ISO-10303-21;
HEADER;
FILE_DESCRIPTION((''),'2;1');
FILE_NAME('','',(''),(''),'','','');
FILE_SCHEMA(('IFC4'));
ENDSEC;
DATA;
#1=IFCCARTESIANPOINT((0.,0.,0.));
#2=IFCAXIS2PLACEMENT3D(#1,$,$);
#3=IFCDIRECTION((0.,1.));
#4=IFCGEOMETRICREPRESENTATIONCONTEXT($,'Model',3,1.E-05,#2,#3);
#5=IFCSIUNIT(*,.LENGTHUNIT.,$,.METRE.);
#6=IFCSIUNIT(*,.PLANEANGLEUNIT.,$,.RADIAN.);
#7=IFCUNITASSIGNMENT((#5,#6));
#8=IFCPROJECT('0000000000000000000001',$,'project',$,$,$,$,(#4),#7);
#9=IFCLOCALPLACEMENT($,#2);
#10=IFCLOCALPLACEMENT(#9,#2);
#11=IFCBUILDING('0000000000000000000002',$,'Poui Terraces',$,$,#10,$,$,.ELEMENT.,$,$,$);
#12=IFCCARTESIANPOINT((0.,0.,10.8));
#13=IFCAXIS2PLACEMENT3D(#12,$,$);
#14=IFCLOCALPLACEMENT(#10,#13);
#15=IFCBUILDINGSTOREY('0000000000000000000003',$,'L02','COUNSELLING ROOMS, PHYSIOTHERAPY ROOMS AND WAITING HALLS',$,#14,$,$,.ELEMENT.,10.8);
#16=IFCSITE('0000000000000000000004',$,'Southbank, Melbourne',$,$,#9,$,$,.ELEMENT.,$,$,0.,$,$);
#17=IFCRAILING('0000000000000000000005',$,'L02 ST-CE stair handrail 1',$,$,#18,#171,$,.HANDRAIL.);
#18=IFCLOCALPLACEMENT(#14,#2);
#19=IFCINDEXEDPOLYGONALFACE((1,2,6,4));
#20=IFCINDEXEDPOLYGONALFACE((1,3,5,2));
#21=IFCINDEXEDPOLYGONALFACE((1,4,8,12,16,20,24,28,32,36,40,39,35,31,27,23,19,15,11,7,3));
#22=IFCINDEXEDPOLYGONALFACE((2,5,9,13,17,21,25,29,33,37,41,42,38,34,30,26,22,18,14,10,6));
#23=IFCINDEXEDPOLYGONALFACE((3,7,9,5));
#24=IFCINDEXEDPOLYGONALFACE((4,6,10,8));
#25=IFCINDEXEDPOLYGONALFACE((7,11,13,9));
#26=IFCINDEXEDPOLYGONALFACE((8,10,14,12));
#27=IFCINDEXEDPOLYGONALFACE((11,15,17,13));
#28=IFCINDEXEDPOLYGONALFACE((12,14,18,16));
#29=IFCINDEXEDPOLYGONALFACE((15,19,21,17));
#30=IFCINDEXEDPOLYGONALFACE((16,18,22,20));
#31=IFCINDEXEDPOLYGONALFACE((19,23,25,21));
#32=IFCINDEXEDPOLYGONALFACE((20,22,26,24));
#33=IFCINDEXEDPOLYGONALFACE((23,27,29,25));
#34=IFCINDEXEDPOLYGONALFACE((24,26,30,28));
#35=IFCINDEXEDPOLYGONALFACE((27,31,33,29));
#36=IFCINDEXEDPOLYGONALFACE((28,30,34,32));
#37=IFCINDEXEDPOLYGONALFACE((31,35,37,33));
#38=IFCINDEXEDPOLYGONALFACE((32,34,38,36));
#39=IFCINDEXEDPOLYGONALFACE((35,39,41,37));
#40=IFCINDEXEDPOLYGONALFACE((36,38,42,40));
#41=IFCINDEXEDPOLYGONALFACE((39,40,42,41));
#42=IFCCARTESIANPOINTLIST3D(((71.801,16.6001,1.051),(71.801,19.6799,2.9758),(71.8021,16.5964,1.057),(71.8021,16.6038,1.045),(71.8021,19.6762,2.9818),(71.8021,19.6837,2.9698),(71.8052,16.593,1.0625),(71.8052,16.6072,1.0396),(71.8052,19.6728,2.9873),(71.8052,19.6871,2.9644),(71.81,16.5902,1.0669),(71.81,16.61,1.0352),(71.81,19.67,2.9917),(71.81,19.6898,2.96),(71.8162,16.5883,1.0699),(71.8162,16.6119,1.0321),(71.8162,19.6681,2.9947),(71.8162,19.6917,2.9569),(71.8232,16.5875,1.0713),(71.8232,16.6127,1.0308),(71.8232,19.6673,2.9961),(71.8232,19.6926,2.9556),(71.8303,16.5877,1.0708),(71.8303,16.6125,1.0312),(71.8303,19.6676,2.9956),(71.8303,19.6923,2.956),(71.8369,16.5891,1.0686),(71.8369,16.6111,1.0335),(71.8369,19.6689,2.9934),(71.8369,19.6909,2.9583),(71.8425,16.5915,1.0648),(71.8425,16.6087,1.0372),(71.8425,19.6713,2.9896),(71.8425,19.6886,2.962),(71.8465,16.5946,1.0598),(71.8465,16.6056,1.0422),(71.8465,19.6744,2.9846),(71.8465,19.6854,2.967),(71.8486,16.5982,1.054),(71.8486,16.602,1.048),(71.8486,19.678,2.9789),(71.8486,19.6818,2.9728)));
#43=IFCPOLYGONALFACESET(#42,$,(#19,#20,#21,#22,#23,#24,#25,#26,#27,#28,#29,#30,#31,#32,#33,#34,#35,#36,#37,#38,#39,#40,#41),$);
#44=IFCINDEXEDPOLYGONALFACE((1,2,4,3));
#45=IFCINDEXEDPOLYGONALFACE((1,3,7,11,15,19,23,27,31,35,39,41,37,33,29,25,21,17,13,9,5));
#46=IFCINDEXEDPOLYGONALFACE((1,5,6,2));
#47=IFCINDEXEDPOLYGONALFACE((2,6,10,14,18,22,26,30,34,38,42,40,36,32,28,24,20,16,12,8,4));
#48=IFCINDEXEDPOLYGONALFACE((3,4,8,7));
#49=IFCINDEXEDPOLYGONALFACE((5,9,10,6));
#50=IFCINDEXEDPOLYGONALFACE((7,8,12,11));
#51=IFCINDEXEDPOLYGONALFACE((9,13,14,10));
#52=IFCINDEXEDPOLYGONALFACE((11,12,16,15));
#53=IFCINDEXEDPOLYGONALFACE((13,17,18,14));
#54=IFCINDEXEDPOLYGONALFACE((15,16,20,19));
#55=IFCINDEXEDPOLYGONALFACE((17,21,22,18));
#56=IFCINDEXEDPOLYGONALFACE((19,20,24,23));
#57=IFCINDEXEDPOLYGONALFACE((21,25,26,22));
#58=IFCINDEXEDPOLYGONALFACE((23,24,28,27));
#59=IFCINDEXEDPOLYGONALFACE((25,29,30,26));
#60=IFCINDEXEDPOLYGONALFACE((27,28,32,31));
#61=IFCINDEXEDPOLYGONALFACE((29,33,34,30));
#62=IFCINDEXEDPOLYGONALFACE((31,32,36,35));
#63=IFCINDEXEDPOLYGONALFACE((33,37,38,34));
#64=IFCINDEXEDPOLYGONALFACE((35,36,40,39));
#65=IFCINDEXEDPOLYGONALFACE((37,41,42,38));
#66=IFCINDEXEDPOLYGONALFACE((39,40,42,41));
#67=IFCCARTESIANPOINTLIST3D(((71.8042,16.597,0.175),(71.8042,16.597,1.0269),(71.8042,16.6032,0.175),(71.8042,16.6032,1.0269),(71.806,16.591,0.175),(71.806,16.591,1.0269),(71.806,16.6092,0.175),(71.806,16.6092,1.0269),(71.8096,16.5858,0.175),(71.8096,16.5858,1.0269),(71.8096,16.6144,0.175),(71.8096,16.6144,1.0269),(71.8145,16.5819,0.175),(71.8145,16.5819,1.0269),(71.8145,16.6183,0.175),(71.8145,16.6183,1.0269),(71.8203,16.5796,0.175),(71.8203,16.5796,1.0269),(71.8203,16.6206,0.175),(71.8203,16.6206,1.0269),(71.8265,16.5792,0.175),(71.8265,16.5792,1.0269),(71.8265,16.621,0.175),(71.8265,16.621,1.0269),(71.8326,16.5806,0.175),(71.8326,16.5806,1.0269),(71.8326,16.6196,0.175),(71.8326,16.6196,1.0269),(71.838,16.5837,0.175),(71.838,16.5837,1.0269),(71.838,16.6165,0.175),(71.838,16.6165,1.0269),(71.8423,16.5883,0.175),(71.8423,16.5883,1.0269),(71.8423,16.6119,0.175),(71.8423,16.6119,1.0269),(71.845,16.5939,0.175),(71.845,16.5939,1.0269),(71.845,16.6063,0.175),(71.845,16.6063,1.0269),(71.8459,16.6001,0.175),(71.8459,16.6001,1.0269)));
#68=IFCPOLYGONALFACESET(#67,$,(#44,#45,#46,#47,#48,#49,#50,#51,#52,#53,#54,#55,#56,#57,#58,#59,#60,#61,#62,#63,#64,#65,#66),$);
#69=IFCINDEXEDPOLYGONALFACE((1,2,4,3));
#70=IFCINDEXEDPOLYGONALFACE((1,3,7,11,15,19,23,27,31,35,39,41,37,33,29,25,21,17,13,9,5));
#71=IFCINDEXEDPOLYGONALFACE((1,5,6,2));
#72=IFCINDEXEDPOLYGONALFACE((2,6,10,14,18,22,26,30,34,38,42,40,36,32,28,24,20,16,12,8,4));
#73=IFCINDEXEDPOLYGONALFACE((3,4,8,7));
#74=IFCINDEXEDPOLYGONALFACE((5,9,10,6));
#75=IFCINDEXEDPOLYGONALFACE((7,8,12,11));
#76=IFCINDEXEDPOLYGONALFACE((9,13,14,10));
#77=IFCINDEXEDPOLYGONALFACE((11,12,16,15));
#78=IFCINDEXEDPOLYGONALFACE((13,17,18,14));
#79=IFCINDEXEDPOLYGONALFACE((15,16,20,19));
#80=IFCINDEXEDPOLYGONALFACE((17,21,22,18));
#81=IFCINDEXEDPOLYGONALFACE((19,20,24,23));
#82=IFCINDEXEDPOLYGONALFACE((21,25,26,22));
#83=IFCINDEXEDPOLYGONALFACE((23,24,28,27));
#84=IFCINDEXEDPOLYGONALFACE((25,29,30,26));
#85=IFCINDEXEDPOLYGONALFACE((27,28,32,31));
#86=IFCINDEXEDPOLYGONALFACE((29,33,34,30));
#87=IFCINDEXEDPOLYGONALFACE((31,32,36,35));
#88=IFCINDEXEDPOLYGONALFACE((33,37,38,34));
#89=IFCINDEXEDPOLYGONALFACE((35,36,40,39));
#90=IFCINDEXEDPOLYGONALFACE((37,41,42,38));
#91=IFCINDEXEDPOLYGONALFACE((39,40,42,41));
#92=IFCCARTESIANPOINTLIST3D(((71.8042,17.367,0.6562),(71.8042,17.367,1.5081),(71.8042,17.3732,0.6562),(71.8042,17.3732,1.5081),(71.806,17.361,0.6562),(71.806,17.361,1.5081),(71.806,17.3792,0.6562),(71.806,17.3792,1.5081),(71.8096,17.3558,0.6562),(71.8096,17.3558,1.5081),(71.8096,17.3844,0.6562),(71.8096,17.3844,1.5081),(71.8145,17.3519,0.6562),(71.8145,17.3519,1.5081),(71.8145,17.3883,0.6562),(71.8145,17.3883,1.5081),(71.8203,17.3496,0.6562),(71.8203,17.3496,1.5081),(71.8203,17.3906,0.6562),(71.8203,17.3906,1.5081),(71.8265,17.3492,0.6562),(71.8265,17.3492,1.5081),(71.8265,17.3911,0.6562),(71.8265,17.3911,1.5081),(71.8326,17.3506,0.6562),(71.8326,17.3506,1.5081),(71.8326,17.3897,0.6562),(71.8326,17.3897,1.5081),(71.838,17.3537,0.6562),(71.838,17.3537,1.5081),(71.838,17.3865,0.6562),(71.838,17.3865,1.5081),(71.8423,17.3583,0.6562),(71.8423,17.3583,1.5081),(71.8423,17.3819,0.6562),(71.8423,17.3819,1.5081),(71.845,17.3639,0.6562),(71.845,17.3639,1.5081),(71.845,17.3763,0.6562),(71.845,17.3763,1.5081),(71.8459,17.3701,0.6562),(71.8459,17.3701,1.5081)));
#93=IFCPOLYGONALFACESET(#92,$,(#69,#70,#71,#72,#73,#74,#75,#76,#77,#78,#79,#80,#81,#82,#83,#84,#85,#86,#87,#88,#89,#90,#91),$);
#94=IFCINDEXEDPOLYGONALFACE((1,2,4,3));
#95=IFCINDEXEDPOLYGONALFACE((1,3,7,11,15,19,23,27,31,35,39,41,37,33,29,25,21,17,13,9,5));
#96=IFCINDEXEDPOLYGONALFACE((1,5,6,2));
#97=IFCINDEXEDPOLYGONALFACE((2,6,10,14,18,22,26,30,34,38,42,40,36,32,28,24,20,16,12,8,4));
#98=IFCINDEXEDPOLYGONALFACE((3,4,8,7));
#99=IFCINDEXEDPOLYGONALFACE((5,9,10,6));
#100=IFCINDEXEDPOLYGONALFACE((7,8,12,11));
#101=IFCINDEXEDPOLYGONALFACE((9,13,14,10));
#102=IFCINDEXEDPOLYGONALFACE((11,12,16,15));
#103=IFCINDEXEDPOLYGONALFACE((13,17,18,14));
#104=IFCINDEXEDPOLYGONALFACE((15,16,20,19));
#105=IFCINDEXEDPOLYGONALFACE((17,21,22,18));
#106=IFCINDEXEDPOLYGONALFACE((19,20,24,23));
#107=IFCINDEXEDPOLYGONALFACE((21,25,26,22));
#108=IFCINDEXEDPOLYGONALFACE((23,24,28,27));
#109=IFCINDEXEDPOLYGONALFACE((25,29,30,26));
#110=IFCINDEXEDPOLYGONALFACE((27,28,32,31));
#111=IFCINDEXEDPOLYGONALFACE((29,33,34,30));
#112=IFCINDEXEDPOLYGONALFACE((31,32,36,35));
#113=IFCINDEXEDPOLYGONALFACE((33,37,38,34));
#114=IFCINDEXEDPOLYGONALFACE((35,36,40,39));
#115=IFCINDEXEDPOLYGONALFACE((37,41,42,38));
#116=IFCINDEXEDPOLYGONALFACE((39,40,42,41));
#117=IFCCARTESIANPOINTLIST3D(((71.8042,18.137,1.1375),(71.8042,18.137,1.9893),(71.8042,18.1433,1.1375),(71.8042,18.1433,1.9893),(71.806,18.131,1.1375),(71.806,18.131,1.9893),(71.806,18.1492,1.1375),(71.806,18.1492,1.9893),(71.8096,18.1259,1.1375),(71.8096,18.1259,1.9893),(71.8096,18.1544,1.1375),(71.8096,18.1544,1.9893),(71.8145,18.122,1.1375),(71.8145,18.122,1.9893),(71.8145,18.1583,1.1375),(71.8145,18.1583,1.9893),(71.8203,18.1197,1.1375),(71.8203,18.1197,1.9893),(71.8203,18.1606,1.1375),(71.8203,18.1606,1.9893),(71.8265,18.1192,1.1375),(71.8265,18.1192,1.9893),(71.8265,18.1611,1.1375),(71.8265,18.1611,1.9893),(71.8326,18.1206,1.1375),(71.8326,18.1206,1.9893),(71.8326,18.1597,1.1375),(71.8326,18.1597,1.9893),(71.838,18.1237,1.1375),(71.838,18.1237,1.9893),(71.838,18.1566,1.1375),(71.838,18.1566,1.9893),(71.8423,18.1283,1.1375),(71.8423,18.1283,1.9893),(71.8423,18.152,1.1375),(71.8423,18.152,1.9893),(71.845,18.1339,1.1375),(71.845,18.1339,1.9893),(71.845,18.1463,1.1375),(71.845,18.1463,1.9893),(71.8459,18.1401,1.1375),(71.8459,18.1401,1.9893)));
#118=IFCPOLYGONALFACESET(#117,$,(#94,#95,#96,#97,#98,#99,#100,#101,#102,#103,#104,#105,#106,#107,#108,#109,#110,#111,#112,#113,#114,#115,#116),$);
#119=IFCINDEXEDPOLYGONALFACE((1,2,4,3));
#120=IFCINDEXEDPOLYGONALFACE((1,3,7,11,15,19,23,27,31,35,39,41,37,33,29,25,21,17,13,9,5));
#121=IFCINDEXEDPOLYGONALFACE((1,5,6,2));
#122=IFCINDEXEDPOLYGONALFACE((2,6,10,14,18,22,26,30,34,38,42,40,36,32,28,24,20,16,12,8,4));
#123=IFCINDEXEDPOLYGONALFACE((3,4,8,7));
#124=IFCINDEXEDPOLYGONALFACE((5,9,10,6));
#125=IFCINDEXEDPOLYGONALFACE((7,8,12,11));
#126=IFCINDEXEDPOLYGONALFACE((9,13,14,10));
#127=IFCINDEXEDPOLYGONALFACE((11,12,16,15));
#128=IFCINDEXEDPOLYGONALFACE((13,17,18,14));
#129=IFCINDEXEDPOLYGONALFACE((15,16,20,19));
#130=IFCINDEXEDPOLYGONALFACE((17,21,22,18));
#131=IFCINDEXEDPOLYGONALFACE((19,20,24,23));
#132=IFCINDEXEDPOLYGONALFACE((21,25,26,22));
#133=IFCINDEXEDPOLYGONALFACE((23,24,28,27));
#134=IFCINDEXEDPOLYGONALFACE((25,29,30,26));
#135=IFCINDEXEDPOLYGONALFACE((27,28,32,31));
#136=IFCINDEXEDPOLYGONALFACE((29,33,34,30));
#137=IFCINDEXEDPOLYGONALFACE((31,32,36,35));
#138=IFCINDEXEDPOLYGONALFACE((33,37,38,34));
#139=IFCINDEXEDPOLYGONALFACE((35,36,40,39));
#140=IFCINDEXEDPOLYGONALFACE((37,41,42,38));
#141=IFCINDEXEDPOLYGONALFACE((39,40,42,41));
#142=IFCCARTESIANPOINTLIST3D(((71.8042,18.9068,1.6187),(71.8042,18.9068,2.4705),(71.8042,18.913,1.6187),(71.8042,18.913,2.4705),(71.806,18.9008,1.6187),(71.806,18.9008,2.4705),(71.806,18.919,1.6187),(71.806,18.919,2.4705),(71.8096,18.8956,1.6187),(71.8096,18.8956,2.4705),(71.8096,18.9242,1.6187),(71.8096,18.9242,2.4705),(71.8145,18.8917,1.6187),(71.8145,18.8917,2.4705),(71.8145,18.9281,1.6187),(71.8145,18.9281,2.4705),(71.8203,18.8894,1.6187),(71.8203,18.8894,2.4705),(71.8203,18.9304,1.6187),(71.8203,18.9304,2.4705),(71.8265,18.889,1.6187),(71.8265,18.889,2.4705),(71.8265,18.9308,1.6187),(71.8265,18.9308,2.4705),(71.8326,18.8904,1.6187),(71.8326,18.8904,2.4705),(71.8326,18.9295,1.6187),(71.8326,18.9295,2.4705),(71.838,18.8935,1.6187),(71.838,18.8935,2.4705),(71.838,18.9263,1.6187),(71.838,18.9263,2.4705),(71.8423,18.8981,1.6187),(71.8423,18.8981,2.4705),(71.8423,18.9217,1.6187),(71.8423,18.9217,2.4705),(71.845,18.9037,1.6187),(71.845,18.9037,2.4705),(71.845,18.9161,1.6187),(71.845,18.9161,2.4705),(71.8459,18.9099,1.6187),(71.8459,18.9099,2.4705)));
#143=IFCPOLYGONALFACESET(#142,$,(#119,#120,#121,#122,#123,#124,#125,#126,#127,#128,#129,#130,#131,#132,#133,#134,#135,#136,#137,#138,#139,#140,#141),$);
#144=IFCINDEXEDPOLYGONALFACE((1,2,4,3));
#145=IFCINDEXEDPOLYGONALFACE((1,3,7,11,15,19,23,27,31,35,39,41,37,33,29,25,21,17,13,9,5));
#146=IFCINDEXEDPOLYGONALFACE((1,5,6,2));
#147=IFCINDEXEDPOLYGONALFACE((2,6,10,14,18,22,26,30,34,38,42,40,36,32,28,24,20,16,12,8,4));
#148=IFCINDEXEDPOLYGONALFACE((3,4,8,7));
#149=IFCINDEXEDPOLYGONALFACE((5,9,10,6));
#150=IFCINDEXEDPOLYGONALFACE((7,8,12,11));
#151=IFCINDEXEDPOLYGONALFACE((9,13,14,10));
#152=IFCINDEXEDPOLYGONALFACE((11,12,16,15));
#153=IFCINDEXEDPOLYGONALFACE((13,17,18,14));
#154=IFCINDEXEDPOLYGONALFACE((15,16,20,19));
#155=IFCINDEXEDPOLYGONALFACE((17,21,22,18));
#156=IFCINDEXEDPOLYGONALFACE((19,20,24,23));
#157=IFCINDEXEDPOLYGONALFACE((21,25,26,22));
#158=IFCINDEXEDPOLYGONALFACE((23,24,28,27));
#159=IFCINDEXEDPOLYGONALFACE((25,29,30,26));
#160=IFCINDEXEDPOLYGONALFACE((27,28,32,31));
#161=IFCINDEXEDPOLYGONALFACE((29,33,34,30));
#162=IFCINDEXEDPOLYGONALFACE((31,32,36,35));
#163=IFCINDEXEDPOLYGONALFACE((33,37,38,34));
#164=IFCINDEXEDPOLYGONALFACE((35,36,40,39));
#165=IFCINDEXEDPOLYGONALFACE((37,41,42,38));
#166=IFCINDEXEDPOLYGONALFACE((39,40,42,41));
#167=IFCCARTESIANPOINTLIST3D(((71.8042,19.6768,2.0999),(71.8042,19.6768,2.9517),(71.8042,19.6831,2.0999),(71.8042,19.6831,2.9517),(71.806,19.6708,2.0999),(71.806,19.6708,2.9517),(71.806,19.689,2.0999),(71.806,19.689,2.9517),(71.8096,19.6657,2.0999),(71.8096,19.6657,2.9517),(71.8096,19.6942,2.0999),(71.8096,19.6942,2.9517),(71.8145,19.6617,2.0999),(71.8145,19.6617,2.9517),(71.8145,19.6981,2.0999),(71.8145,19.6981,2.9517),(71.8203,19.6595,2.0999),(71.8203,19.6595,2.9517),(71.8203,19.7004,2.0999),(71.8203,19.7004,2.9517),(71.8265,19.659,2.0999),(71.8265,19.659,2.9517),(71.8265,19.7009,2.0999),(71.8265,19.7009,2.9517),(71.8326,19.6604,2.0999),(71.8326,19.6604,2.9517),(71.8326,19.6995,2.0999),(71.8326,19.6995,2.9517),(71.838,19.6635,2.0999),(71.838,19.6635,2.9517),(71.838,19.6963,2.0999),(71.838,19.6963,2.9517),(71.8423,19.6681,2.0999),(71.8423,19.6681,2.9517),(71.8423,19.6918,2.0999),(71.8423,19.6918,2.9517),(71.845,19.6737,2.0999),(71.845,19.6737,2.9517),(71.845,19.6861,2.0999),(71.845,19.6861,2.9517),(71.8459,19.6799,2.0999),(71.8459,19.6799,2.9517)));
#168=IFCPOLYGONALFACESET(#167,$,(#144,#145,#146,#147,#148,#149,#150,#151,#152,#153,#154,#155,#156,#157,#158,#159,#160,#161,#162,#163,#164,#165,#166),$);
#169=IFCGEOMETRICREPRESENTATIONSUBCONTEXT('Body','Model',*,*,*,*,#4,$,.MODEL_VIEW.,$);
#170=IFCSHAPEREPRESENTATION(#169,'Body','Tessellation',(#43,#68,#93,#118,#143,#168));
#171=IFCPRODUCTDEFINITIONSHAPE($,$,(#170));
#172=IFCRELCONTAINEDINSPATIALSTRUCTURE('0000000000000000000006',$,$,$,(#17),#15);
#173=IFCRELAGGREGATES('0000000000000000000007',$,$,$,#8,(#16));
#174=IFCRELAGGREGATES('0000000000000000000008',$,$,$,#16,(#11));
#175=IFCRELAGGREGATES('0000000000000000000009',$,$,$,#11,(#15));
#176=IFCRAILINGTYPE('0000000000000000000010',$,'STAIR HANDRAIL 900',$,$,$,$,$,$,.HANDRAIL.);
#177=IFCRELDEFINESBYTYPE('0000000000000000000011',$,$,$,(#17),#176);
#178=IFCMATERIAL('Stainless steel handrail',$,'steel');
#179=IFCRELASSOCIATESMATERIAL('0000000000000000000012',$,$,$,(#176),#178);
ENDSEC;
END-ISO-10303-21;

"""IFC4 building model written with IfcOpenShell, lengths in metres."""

from ifc_helpers import new_model, si_unit, direction, frame, origin, origin_2d, place, context, subcontext, project, spatial, circle, extrude, material, type_object, element, save


model = new_model("IFC4")

# Units and contexts
model_context = context("Model", 3, precision=1e-05, world=origin(), true_north=direction((0.0, 1.0)))
body_context = subcontext(model_context, "Body", "Model", "MODEL_VIEW")
ifc_project = project(units=[si_unit("LENGTHUNIT", "METRE"), si_unit("PLANEANGLEUNIT", "RADIAN")], contexts=[model_context])

# Site, building, storey
site_placement = place(None, origin())
site = spatial("IfcSite", under=ifc_project, at=site_placement, Name="Southbank, Melbourne", CompositionType="ELEMENT", RefElevation=0.0)
building_placement = place(site_placement, origin())
building = spatial("IfcBuilding", under=site, at=building_placement, Name="Poui Terraces", CompositionType="ELEMENT")
storey_placement = place(building_placement, frame((0.0, 0.0, 10.8)))
storey = spatial("IfcBuildingStorey", under=building, at=storey_placement, Name="L02", Description="COUNSELLING ROOMS, PHYSIOTHERAPY ROOMS AND WAITING HALLS", CompositionType="ELEMENT", Elevation=10.8)

# Railing
ifc_material_1 = material(Name="Stainless steel handrail", Category="steel")
railing_type_1 = type_object("IfcRailingType", Name="STAIR HANDRAIL 900", PredefinedType="HANDRAIL", material=ifc_material_1)
railing_1_placement = place(storey_placement, frame((71.825, 16.6001, 0.175)))
element("IfcRailing", 1, at=railing_1_placement, inside=storey, type_object=railing_type_1, Name="L02 ST-CE stair handrail 1", PredefinedType="HANDRAIL", context=body_context, shape_type="SweptSolid", body=[
    extrude(circle(Radius=0.0239, at=origin_2d()), frame((0.0, 0.0, 0.876), z_axis=(0.0, 0.84801, 0.529981), x_axis=(-1.0, 0.0, 0.0)), (0.0, 0.0, 1.0), 3.6318),
    extrude(circle(Radius=0.021, at=origin_2d()), origin(), (0.0, 0.0, 1.0), 0.8518),
    extrude(circle(Radius=0.021, at=origin_2d()), frame((0.0, 0.77, 0.4812)), (0.0, 0.0, 1.0), 0.8518),
    extrude(circle(Radius=0.021, at=origin_2d()), frame((0.0, 1.54, 0.9624)), (0.0, 0.0, 1.0), 0.8518),
    extrude(circle(Radius=0.021, at=origin_2d()), frame((0.0, 2.3098, 1.4436)), (0.0, 0.0, 1.0), 0.8518),
    extrude(circle(Radius=0.021, at=origin_2d()), frame((0.0, 3.0798, 1.9248)), (0.0, 0.0, 1.0), 0.8518),
])

save(model, "model.ifc")
